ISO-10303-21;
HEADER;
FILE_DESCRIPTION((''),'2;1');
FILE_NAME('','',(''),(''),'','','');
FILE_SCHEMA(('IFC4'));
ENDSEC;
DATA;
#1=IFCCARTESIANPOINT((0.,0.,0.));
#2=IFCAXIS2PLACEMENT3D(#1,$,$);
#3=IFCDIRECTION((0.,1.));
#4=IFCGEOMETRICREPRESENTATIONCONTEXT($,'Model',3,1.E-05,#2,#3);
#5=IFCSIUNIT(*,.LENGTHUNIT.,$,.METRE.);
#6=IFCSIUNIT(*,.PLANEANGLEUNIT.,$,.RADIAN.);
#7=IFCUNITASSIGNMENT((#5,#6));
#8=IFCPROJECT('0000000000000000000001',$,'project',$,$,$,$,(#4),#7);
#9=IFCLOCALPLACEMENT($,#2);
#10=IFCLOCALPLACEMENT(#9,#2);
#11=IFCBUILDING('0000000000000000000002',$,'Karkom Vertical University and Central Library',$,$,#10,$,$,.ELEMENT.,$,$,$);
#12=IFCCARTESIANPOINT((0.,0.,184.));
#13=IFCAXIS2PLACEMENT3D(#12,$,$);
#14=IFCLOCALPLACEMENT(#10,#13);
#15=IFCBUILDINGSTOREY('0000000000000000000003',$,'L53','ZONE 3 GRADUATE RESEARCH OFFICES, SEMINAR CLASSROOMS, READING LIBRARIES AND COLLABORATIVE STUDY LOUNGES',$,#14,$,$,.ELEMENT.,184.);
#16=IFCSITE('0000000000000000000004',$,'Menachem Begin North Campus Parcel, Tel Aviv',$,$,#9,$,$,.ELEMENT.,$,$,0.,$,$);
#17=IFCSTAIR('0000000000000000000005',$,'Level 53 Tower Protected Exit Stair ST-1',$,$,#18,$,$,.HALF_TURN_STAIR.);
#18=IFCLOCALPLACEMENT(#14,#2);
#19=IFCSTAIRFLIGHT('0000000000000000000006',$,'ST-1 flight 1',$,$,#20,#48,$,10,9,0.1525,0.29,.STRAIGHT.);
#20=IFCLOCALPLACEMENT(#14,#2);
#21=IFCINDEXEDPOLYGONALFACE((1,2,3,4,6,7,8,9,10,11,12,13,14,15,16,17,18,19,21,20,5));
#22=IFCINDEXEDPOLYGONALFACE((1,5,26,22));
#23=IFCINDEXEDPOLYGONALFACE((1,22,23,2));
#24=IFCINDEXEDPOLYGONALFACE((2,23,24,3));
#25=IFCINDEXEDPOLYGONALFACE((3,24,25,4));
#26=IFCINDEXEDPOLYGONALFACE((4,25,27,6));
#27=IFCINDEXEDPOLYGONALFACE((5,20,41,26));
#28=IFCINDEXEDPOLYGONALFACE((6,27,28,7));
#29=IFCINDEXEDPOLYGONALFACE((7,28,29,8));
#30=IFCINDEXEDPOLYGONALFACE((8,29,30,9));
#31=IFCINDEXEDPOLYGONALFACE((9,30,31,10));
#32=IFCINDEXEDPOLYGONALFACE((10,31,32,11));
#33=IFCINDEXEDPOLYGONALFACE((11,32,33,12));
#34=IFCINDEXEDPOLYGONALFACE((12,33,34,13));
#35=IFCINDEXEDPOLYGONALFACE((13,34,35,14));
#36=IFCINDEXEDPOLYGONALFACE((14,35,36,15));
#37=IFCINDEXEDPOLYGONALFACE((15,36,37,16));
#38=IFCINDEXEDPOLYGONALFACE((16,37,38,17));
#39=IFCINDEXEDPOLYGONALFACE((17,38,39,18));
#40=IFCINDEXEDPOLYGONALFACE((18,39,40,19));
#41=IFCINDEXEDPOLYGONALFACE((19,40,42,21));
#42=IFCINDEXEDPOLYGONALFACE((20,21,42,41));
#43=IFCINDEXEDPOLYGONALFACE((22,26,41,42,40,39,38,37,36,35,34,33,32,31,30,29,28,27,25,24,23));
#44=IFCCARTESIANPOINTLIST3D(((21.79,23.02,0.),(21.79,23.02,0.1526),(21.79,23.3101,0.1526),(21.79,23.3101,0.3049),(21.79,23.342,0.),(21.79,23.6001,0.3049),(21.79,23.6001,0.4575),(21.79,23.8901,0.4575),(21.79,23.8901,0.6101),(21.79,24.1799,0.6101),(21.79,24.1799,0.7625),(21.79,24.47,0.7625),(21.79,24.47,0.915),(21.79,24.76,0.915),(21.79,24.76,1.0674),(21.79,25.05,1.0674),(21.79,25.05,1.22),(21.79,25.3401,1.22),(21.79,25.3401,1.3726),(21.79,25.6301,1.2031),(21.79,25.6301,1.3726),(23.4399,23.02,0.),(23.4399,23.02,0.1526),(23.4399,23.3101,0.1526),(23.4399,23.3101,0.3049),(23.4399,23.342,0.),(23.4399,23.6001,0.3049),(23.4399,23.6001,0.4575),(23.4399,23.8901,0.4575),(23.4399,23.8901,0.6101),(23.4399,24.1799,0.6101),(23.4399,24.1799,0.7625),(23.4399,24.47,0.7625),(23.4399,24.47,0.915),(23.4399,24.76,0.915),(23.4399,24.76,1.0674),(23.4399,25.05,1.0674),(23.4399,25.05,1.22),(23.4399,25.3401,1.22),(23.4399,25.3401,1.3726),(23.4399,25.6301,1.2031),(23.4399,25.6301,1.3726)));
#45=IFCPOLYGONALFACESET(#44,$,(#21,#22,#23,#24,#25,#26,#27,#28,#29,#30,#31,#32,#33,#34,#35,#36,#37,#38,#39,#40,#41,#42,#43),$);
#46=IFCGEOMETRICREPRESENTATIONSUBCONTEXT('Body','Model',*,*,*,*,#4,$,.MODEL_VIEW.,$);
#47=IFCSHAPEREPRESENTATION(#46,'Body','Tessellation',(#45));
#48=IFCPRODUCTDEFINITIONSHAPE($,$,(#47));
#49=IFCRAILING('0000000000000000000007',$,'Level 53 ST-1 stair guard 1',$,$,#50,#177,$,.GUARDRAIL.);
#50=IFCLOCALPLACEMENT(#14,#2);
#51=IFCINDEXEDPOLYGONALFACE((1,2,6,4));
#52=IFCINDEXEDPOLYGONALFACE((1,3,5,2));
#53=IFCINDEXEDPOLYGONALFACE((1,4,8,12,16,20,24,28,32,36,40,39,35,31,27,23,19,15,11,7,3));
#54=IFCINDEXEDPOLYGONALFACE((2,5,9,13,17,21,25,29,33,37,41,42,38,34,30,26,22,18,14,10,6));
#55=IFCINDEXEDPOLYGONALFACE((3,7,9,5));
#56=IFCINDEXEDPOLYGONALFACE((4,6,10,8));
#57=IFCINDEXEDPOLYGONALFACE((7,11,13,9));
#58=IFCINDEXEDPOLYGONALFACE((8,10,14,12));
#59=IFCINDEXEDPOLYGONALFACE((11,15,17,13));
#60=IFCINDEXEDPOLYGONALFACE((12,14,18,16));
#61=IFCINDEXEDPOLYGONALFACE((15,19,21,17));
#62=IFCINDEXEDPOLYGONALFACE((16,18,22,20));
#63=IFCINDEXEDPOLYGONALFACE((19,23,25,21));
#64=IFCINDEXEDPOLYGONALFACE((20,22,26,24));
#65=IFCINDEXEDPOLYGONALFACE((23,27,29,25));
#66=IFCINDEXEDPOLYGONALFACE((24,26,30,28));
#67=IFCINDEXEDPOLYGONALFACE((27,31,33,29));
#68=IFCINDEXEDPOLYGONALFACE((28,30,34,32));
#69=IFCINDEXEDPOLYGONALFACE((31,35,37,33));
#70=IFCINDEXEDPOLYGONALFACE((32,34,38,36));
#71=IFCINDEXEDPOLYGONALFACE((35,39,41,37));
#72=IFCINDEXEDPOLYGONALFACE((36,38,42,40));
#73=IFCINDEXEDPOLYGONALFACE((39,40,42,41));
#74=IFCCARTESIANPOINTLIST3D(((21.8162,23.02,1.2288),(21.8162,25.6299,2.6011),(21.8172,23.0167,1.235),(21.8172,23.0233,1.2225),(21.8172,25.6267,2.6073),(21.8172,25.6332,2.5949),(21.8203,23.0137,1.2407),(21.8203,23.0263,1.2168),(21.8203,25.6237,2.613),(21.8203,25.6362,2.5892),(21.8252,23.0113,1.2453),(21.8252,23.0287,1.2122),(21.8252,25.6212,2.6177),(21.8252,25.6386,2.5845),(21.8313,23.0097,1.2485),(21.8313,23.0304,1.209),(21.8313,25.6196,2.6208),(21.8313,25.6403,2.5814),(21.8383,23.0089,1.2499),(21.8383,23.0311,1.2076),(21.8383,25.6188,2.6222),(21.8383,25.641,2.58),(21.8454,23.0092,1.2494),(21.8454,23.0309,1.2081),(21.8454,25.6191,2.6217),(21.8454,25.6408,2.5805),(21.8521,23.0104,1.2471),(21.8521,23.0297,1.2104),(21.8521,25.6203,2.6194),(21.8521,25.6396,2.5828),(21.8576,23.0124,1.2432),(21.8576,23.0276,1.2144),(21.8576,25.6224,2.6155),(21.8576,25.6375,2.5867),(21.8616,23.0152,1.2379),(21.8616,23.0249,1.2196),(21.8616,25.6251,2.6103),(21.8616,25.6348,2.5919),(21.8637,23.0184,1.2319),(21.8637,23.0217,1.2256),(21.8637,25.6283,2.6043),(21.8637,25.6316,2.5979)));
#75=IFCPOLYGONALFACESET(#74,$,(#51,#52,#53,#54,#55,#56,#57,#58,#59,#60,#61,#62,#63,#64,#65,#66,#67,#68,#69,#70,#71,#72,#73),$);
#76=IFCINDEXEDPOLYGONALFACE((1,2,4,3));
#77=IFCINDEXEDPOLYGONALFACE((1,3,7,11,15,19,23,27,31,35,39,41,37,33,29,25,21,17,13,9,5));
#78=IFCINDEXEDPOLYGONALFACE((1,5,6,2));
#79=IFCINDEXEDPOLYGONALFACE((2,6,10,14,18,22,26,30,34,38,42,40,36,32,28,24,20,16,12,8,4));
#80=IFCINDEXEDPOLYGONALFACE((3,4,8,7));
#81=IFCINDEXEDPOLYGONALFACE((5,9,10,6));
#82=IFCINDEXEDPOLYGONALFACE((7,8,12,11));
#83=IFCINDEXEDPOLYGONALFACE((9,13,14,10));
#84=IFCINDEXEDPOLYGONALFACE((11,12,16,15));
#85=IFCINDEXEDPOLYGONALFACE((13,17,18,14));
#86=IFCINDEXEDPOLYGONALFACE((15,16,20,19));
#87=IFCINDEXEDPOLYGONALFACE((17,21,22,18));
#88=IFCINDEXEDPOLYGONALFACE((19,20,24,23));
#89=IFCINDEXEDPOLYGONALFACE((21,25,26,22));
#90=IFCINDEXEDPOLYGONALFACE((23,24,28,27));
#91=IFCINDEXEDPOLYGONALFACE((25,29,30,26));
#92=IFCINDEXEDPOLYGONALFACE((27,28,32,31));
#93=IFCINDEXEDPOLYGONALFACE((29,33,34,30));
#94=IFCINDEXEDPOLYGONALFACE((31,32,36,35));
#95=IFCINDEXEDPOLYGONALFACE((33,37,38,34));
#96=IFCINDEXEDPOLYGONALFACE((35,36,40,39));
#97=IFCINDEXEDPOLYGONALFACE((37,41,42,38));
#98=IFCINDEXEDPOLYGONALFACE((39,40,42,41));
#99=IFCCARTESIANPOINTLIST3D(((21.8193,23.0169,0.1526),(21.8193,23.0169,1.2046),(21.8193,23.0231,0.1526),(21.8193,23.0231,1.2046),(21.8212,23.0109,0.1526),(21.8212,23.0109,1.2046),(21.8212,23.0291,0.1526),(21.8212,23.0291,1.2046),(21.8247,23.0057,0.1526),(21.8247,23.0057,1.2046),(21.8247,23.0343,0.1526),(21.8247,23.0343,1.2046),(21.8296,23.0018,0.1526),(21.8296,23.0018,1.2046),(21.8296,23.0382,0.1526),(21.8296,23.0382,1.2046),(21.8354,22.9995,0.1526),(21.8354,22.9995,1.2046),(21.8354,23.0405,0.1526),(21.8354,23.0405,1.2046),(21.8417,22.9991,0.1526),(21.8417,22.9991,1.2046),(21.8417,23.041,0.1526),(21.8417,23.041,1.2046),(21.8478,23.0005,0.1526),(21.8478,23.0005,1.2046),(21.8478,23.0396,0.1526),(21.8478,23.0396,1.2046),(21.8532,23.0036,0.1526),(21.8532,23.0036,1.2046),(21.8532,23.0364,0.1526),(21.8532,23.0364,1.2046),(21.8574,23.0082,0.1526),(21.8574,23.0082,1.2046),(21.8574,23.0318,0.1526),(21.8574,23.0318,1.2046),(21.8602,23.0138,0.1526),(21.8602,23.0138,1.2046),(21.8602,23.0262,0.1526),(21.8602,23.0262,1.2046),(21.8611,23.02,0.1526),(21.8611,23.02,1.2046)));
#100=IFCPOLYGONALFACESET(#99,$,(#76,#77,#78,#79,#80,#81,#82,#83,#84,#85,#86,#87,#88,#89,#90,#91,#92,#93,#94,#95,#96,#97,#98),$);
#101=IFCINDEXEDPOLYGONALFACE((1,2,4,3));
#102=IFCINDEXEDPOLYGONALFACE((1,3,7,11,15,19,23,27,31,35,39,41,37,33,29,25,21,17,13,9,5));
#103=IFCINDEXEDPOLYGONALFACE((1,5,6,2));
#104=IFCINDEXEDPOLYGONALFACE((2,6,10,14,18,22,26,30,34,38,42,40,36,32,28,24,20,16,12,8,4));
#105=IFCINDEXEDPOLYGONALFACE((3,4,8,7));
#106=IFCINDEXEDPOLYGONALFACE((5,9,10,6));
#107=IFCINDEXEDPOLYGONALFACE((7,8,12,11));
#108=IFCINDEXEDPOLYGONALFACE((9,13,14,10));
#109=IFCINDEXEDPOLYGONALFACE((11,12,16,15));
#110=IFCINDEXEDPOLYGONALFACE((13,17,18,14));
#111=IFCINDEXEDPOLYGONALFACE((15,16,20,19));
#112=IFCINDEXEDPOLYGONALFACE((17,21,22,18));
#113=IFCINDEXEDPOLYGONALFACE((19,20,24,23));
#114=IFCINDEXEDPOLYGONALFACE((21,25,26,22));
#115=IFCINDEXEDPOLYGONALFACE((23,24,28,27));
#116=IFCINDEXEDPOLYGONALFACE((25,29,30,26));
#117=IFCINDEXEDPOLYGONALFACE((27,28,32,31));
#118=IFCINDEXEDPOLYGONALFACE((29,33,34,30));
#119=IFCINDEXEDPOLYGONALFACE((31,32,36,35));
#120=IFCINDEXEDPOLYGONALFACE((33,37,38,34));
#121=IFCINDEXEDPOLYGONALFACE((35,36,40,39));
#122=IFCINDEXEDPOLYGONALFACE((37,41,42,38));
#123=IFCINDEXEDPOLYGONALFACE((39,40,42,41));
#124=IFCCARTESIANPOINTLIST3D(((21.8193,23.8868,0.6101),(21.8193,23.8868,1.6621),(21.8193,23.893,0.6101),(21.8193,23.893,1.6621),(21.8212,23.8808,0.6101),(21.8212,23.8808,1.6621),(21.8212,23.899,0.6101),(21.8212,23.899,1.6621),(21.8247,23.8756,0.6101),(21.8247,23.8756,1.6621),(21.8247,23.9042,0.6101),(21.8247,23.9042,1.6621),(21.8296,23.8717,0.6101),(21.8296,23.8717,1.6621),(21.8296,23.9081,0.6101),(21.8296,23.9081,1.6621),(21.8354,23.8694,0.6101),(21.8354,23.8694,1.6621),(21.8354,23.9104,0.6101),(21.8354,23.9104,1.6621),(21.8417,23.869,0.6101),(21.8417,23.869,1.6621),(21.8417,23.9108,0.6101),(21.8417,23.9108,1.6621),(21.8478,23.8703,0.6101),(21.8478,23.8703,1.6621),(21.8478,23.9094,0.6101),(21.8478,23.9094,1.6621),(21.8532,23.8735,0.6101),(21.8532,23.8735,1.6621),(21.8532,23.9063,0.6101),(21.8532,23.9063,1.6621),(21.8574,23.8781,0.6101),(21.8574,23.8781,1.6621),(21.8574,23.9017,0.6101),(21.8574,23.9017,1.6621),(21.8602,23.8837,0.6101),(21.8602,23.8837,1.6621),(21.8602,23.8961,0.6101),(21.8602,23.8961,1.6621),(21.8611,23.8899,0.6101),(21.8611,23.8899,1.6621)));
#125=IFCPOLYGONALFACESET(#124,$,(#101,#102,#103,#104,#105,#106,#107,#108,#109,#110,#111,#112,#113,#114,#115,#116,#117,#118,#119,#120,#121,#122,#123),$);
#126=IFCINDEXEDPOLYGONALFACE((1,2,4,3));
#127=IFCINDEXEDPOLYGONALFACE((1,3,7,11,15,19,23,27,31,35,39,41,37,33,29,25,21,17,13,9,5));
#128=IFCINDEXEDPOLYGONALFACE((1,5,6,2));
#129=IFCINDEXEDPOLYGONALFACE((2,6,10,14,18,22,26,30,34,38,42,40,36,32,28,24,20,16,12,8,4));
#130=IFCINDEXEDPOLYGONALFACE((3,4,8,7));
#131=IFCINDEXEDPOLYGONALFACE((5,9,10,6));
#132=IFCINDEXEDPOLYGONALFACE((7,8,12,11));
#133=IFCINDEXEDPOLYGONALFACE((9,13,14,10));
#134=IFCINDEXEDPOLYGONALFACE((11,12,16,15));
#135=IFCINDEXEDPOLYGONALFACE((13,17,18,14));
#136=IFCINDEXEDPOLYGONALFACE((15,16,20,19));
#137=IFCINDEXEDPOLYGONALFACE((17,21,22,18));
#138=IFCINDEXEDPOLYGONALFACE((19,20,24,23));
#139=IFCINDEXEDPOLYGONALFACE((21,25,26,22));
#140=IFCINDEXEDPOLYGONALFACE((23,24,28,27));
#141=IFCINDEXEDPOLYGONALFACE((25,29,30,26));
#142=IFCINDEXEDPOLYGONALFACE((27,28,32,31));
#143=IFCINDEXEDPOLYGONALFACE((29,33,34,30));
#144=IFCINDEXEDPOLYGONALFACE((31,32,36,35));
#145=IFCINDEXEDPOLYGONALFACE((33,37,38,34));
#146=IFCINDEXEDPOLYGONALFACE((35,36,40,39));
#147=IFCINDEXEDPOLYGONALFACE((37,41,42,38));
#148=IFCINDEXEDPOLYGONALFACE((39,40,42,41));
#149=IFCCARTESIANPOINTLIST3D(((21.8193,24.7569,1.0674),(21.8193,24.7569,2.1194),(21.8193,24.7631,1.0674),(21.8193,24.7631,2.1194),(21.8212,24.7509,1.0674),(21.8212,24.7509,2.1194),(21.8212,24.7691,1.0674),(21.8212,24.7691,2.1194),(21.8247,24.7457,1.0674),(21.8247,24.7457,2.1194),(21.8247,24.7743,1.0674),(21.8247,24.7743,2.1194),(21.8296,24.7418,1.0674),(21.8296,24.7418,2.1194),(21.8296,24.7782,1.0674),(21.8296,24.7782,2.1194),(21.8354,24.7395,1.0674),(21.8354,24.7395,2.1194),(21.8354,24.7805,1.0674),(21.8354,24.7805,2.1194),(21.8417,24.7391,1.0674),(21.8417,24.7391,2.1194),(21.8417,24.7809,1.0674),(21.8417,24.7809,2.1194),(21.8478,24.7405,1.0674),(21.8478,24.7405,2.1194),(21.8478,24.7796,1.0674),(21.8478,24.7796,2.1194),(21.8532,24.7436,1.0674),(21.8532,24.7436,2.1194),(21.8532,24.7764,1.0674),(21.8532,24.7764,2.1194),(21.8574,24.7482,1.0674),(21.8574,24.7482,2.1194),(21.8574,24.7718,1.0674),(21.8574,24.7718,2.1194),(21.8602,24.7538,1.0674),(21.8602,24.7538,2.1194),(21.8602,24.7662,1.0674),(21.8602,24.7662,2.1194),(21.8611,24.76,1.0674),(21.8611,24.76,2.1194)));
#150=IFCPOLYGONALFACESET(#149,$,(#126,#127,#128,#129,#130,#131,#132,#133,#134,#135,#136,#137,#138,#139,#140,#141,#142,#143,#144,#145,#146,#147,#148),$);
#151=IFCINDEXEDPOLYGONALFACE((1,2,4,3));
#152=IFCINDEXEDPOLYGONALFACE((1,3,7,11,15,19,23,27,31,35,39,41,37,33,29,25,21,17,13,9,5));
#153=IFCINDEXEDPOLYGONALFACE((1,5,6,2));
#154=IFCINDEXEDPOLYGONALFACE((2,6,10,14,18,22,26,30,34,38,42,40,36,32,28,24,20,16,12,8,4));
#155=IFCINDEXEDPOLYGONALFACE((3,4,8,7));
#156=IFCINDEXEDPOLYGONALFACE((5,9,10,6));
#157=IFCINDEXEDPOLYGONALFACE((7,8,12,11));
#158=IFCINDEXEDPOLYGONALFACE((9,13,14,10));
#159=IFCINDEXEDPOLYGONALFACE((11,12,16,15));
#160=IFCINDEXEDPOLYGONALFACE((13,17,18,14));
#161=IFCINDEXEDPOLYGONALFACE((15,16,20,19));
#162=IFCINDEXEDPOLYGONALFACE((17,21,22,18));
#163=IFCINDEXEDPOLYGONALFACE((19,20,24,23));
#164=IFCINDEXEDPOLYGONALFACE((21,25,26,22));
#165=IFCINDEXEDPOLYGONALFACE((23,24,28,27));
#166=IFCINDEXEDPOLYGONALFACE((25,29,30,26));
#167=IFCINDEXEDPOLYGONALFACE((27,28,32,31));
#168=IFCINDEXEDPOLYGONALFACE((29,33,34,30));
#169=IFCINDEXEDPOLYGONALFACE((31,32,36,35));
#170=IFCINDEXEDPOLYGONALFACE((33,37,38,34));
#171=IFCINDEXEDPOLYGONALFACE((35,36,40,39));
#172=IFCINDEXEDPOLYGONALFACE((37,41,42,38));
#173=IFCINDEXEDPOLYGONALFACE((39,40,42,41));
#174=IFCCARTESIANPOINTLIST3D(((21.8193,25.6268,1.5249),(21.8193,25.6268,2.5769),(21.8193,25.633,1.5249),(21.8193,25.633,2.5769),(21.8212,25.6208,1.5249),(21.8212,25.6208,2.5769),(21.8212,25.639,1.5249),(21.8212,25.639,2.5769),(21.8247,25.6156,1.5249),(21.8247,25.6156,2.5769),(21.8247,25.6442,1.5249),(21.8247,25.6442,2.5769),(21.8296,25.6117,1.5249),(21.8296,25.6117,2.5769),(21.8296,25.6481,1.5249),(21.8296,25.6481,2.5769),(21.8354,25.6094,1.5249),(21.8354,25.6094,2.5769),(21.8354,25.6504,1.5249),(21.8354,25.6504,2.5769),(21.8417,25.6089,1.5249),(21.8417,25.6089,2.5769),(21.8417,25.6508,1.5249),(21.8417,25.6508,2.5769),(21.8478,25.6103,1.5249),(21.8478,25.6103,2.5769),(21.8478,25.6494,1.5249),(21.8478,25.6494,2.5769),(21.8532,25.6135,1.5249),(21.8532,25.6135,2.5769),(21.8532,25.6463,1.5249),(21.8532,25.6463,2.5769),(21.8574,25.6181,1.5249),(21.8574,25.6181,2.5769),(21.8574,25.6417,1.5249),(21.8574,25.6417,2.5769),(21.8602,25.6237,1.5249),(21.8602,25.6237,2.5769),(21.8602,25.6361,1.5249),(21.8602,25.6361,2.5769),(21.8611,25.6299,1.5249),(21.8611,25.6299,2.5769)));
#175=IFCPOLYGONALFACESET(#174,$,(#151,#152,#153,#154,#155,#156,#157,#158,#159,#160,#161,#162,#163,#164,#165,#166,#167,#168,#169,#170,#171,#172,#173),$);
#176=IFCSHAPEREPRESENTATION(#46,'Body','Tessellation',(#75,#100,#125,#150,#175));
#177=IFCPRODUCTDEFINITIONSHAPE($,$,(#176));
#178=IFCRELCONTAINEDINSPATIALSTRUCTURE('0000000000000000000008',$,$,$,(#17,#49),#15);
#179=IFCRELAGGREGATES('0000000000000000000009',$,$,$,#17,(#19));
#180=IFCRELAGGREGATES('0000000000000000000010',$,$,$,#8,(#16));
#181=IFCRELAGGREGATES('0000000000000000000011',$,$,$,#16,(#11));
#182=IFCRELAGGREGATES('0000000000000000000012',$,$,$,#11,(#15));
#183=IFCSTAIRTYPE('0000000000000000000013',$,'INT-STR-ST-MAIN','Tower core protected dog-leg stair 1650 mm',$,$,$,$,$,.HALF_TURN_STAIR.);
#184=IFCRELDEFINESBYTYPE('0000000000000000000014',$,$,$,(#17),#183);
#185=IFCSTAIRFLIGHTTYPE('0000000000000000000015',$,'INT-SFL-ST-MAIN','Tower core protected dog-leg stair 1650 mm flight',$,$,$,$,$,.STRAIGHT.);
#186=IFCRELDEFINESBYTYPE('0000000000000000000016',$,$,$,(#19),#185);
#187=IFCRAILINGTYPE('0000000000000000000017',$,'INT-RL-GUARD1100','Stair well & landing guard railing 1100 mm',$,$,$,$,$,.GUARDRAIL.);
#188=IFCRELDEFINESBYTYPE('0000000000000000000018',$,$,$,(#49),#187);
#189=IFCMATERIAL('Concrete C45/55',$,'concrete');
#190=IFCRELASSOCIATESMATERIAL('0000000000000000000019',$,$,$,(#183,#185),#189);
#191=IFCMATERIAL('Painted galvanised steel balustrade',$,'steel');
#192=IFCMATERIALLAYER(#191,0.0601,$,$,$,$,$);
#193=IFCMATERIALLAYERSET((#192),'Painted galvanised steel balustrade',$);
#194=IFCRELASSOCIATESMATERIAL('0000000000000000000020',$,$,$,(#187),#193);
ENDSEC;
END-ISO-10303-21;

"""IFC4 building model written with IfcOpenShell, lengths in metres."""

from ifc_helpers import new_model, si_unit, direction, frame, origin, origin_2d, place, context, subcontext, project, spatial, polyline, circle, outline, extrude, material, layer, layer_set, type_object, element, aggregate, save


model = new_model("IFC4")

# Units and contexts
model_context = context("Model", 3, precision=1e-05, world=origin(), true_north=direction((0.0, 1.0)))
body_context = subcontext(model_context, "Body", "Model", "MODEL_VIEW")
ifc_project = project(units=[si_unit("LENGTHUNIT", "METRE"), si_unit("PLANEANGLEUNIT", "RADIAN")], contexts=[model_context])

# Site, building, storey
site_placement = place(None, origin())
site = spatial("IfcSite", under=ifc_project, at=site_placement, Name="Menachem Begin North Campus Parcel, Tel Aviv", CompositionType="ELEMENT", RefElevation=0.0)
building_placement = place(site_placement, origin())
building = spatial("IfcBuilding", under=site, at=building_placement, Name="Karkom Vertical University and Central Library", CompositionType="ELEMENT")
storey_placement = place(building_placement, frame((0.0, 0.0, 184.0)))
storey = spatial("IfcBuildingStorey", under=building, at=storey_placement, Name="L53", Description="ZONE 3 GRADUATE RESEARCH OFFICES, SEMINAR CLASSROOMS, READING LIBRARIES AND COLLABORATIVE STUDY LOUNGES", CompositionType="ELEMENT", Elevation=184.0)

# Shared definitions
ifc_material_1 = material(Name="Concrete C45/55", Category="concrete")

# Stair, stair flight
stair_type = type_object("IfcStairType", Name="INT-STR-ST-MAIN", Description="Tower core protected dog-leg stair 1650 mm", PredefinedType="HALF_TURN_STAIR", material=ifc_material_1)
stair_placement = place(storey_placement, origin())
stair = element("IfcStair", 1, at=stair_placement, inside=storey, type_object=stair_type, Name="Level 53 Tower Protected Exit Stair ST-1", PredefinedType="HALF_TURN_STAIR")
stair_flight_type = type_object("IfcStairFlightType", Name="INT-SFL-ST-MAIN", Description="Tower core protected dog-leg stair 1650 mm flight", PredefinedType="STRAIGHT", material=ifc_material_1)
stair_flight_placement = place(storey_placement, frame((22.615, 23.02, 0.0), z_axis=(0.0, 0.0, 1.0), x_axis=(0.0, 1.0, 0.0)))
stair_flight = element("IfcStairFlight", 2, at=stair_flight_placement, type_object=stair_flight_type, Name="ST-1 flight 1", NumberOfRisers=10, NumberOfTreads=9, PredefinedType="STRAIGHT", RiserHeight=0.1525, TreadLength=0.29, context=body_context, shape_type="SweptSolid", body=[
    extrude(outline(polyline([(0.0, 0.0), (0.0, 0.1526), (0.29, 0.1526), (0.29, 0.3049), (0.5801, 0.3049), (0.5801, 0.4575), (0.8701, 0.4575), (0.8701, 0.6101), (1.1599, 0.6101), (1.1599, 0.7625), (1.45, 0.7625), (1.45, 0.915), (1.74, 0.915), (1.74, 1.0674), (2.03, 1.0674), (2.03, 1.22), (2.3201, 1.22), (2.3201, 1.3726), (2.6101, 1.3726), (2.6101, 1.5249), (2.6101, 1.2031), (0.322, 0.0), (0.0, 0.0)])), frame((0.0, 0.825, 0.0), z_axis=(0.0, -1.0, 0.0), x_axis=(1.0, 0.0, 0.0)), (0.0, 0.0, 1.0), 1.6499),
])
aggregate(stair, [stair_flight])

# Railing
ifc_material_2 = material(Name="Painted galvanised steel balustrade", Category="steel")
ifc_layer_1 = layer(ifc_material_2, 0.0601)
ifc_layer_set_1 = layer_set([ifc_layer_1], Name="Painted galvanised steel balustrade")
railing_type_1 = type_object("IfcRailingType", Name="INT-RL-GUARD1100", Description="Stair well & landing guard railing 1100 mm", PredefinedType="GUARDRAIL", material=ifc_layer_set_1)
railing_1_placement = place(storey_placement, frame((21.8401, 23.02, 0.1526)))
element("IfcRailing", 3, at=railing_1_placement, inside=storey, type_object=railing_type_1, Name="Level 53 ST-1 stair guard 1", PredefinedType="GUARDRAIL", context=body_context, shape_type="SweptSolid", body=[
    extrude(circle(Radius=0.0239, at=origin_2d()), frame((0.0, 0.0, 1.0762), z_axis=(0.0, 0.8851, 0.465402), x_axis=(-1.0, 0.0, 0.0)), (0.0, 0.0, 1.0), 2.9487),
    extrude(circle(Radius=0.021, at=origin_2d()), origin(), (0.0, 0.0, 1.0), 1.052),
    extrude(circle(Radius=0.021, at=origin_2d()), frame((0.0, 0.8699, 0.4575)), (0.0, 0.0, 1.0), 1.052),
    extrude(circle(Radius=0.021, at=origin_2d()), frame((0.0, 1.74, 0.9148)), (0.0, 0.0, 1.0), 1.052),
    extrude(circle(Radius=0.021, at=origin_2d()), frame((0.0, 2.6099, 1.3723)), (0.0, 0.0, 1.0), 1.052),
])

save(model, "model.ifc")
